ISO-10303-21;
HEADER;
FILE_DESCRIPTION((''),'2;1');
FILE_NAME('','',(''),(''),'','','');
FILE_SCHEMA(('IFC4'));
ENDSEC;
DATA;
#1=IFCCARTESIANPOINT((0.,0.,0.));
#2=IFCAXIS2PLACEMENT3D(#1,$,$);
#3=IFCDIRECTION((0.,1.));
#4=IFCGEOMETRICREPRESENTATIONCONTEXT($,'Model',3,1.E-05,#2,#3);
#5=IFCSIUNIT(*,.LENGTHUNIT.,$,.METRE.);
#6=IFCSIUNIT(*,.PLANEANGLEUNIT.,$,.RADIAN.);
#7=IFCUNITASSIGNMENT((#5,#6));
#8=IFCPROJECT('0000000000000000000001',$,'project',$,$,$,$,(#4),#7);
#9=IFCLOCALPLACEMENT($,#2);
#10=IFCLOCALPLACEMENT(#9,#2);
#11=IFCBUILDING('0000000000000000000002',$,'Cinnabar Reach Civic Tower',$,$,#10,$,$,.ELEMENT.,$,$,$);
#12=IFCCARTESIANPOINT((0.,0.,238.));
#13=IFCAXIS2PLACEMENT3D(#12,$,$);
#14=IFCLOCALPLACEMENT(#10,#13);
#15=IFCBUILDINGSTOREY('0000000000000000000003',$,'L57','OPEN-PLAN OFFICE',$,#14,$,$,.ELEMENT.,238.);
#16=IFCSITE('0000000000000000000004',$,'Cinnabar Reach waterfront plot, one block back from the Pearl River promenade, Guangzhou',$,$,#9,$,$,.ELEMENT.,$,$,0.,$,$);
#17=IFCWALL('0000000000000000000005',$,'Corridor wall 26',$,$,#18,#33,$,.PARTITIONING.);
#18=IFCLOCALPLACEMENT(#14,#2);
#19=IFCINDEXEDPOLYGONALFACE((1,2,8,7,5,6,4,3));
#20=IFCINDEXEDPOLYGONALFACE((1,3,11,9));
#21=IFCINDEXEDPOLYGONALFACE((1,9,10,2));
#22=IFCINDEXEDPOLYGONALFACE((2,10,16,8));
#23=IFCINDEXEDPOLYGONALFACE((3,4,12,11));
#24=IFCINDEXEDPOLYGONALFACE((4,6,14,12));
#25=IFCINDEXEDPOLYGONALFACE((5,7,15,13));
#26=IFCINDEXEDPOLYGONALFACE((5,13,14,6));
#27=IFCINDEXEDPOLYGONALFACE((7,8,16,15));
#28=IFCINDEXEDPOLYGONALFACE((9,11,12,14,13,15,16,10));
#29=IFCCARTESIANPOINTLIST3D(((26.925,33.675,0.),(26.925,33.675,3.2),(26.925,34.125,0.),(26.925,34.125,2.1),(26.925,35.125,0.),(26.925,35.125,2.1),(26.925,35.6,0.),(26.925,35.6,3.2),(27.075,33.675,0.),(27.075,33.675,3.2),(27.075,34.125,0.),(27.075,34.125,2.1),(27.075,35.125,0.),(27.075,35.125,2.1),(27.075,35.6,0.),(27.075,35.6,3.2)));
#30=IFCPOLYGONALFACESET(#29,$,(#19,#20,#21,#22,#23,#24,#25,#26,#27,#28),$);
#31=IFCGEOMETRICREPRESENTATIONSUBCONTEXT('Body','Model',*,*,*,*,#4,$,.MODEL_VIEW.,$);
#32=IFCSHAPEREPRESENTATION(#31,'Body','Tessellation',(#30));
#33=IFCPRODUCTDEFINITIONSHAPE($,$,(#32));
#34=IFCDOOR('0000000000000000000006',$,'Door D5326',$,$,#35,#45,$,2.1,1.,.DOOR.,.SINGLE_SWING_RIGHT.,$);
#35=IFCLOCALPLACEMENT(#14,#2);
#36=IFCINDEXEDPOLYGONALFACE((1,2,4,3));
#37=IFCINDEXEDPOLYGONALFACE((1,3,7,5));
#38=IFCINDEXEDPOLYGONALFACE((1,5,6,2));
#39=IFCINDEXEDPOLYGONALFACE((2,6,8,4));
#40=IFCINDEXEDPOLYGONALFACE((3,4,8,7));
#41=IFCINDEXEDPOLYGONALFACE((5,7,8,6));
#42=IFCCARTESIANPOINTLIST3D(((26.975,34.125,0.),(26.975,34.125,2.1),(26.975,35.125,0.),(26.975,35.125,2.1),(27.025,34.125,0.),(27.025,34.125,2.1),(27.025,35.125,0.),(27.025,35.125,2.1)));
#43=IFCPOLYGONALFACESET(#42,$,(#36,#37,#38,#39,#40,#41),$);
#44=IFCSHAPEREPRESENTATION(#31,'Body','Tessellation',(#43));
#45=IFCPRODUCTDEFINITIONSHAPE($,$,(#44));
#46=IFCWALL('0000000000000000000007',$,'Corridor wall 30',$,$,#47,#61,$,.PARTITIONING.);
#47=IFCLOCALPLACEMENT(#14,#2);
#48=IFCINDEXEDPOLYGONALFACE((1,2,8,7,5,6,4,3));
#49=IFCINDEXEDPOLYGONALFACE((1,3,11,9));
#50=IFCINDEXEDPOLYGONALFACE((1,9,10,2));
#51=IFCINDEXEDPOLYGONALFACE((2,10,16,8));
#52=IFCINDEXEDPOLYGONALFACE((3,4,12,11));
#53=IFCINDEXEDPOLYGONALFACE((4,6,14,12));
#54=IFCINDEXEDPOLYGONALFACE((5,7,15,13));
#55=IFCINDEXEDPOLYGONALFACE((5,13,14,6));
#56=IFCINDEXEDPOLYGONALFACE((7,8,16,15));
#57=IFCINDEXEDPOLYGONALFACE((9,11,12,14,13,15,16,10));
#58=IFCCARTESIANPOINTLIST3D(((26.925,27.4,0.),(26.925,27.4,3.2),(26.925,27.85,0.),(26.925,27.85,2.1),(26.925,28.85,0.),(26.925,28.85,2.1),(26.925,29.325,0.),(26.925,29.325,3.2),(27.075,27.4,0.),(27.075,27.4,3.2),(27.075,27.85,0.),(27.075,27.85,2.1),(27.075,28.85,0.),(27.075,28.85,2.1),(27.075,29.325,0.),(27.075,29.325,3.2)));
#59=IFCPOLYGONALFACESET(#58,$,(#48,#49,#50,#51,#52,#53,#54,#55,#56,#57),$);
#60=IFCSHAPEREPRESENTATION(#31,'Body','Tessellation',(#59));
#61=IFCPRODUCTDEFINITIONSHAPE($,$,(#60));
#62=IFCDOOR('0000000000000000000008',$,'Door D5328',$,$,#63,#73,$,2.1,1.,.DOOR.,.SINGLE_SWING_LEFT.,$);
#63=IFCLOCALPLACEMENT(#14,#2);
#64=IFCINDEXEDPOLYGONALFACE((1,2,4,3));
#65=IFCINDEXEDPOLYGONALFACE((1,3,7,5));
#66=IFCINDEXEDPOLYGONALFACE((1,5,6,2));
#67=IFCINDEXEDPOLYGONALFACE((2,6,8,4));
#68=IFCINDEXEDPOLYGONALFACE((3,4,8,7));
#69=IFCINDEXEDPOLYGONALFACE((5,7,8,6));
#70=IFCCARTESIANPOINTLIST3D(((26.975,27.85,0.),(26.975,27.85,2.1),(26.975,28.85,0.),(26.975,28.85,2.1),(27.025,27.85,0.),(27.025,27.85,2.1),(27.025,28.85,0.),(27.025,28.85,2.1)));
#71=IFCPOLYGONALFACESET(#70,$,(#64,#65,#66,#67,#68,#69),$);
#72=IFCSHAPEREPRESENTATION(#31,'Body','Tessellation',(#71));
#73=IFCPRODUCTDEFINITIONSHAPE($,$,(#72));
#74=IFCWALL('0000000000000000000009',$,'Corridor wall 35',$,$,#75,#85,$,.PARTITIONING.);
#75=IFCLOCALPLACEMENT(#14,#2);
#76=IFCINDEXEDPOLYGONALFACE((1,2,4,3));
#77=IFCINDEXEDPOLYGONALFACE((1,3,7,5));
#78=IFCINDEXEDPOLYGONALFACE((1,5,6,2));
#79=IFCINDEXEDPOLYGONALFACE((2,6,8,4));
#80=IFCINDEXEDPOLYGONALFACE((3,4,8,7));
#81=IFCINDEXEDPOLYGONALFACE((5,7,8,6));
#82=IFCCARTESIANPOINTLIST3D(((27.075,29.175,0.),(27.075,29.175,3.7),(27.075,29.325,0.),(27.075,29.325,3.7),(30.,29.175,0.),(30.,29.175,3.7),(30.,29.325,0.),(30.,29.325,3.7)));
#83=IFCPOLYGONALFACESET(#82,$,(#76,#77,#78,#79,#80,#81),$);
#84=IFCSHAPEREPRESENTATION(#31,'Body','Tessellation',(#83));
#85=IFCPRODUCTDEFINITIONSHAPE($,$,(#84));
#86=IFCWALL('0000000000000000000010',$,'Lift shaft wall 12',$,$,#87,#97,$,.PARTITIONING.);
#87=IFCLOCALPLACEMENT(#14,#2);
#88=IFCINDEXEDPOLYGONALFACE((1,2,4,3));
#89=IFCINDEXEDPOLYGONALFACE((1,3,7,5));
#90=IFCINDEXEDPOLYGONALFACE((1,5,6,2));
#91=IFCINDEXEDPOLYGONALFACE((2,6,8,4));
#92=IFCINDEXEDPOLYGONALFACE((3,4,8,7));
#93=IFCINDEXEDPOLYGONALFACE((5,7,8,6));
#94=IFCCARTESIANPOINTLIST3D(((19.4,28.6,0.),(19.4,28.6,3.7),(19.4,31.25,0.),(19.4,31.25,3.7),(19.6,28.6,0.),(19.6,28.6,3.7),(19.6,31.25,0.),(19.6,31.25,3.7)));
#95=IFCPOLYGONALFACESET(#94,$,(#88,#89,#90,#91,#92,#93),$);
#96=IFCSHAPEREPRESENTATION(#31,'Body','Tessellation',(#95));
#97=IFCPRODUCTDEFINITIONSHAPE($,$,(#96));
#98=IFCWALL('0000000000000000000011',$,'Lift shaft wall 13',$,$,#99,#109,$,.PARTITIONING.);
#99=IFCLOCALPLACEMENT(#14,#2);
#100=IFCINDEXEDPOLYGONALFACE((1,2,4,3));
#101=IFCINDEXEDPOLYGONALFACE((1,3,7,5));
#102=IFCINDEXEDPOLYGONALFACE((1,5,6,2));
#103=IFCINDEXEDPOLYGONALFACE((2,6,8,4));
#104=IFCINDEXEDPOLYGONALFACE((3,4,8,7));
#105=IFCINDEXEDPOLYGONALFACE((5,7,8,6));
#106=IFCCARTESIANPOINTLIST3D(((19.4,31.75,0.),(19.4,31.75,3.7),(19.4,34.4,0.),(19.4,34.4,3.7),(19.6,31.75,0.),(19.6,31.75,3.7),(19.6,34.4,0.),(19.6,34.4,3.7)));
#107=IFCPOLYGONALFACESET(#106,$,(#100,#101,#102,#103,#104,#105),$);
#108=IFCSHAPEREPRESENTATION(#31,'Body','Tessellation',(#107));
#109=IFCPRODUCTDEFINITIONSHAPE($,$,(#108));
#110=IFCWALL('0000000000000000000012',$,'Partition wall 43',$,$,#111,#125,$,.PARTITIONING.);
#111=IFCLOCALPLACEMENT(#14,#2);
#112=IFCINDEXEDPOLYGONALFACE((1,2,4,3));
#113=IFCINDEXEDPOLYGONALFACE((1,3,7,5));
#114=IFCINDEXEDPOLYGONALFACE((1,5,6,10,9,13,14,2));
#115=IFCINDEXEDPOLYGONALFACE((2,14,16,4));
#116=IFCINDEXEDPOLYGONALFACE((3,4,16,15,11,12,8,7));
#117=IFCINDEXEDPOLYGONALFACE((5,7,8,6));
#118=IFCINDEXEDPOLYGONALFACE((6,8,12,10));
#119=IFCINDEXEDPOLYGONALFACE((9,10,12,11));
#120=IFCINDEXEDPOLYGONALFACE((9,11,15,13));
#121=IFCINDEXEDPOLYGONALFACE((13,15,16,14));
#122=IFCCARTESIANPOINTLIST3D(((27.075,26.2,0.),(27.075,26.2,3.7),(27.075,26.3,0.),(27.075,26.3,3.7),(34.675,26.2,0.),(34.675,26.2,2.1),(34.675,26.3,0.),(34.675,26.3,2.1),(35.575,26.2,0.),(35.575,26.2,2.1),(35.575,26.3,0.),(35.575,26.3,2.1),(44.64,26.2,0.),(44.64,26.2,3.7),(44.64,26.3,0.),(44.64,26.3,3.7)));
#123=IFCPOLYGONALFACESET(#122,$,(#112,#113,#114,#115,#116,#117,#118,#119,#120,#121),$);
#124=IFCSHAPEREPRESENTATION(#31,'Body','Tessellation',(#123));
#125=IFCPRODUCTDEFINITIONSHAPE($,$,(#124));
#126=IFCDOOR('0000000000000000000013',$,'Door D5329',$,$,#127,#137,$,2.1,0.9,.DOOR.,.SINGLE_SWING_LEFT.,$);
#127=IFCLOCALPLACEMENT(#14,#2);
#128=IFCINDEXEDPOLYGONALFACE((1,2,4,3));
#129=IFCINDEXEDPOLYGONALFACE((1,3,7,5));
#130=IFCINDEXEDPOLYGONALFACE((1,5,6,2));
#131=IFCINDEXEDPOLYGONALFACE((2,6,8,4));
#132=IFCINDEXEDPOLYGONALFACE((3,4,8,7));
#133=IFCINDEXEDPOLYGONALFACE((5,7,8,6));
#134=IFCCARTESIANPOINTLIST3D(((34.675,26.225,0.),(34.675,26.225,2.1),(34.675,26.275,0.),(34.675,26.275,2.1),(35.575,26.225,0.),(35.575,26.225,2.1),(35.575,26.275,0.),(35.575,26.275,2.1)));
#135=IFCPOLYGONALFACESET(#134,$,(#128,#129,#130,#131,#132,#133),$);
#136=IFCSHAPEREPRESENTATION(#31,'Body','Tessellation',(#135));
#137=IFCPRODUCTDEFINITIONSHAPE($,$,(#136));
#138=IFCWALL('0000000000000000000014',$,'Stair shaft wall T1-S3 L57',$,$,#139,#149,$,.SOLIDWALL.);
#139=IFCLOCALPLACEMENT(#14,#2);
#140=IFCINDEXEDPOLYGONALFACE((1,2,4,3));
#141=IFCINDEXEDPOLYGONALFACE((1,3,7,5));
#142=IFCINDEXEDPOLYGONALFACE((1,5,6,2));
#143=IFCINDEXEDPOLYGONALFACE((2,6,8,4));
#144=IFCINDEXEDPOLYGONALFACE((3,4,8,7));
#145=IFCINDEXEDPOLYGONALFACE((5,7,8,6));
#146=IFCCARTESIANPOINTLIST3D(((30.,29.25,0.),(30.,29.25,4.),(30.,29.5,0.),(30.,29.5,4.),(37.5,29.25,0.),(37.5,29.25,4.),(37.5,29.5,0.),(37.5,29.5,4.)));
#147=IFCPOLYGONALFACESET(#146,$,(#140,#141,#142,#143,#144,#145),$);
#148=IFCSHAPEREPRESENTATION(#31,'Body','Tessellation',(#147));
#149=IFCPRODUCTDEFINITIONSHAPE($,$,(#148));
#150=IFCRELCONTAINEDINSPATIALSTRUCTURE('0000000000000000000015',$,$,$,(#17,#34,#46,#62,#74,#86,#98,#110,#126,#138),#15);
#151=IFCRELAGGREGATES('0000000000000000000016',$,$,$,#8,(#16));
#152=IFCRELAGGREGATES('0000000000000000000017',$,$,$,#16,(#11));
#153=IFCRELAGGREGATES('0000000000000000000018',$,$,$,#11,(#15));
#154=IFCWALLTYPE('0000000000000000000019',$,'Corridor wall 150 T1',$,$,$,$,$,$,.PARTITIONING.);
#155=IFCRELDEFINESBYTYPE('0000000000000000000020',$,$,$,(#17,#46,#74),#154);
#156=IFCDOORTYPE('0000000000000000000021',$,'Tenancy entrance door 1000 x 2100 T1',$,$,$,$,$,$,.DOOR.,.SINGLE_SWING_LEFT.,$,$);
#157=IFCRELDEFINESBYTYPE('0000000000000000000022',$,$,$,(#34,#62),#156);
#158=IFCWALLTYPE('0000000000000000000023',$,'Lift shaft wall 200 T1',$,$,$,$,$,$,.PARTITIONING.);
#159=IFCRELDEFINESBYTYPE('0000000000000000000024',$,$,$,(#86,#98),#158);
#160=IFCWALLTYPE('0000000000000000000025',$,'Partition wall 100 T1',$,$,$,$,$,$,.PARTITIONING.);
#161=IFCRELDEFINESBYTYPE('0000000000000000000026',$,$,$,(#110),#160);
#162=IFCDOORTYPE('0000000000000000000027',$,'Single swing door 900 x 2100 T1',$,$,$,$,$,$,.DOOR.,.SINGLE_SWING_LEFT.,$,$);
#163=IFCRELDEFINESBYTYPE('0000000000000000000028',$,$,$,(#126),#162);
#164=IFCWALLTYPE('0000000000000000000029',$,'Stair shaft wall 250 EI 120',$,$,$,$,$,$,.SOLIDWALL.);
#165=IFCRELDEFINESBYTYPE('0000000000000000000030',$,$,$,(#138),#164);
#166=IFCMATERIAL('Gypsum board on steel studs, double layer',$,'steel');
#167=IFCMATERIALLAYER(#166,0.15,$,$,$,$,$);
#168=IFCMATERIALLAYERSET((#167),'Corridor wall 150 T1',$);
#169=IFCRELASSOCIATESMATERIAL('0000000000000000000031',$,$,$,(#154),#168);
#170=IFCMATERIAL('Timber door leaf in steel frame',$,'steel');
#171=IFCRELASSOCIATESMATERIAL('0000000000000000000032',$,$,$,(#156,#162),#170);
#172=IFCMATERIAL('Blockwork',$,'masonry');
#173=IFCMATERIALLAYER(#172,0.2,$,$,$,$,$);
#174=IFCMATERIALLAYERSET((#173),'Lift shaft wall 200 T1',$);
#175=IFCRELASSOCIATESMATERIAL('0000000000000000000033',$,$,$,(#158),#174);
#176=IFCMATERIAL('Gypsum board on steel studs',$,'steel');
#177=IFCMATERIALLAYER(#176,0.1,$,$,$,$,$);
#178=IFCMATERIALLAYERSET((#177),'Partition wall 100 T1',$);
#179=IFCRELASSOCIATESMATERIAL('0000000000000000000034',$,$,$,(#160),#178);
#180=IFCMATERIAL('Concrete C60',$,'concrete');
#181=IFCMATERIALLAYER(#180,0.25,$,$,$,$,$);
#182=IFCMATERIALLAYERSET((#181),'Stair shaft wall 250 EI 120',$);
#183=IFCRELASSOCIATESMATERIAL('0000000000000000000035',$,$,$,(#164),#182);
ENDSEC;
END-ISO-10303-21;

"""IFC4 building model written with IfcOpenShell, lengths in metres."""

from ifc_helpers import new_model, si_unit, direction, frame, frame_2d, origin, place, context, subcontext, project, spatial, rectangle, extrude, material, layer, layer_set, type_object, element, fill, save


model = new_model("IFC4")

# Units and contexts
model_context = context("Model", 3, precision=1e-05, world=origin(), true_north=direction((0.0, 1.0)))
body_context = subcontext(model_context, "Body", "Model", "MODEL_VIEW")
ifc_project = project(units=[si_unit("LENGTHUNIT", "METRE"), si_unit("PLANEANGLEUNIT", "RADIAN")], contexts=[model_context])

# Site, building, storey
site_placement = place(None, origin())
site = spatial("IfcSite", under=ifc_project, at=site_placement, Name="Cinnabar Reach waterfront plot, one block back from the Pearl River promenade, Guangzhou", CompositionType="ELEMENT", RefElevation=0.0)
building_placement = place(site_placement, origin())
building = spatial("IfcBuilding", under=site, at=building_placement, Name="Cinnabar Reach Civic Tower", CompositionType="ELEMENT")
storey_placement = place(building_placement, frame((0.0, 0.0, 238.0)))
storey = spatial("IfcBuildingStorey", under=building, at=storey_placement, Name="L57", Description="OPEN-PLAN OFFICE", CompositionType="ELEMENT", Elevation=238.0)

# Shared definitions
ifc_material_1 = material(Name="Concrete C60", Category="concrete")

# Shared definitions
ifc_material_2 = material(Name="Timber door leaf in steel frame", Category="steel")

# Walls, openings, doors
ifc_material_3 = material(Name="Gypsum board on steel studs, double layer", Category="steel")
ifc_layer_1 = layer(ifc_material_3, 0.15)
ifc_layer_set_1 = layer_set([ifc_layer_1], Name="Corridor wall 150 T1")
wall_type_1 = type_object("IfcWallType", Name="Corridor wall 150 T1", PredefinedType="PARTITIONING", material=ifc_layer_set_1)
wall_1_placement = place(storey_placement, frame((27.0, 33.675, 0.0), z_axis=(0.0, 0.0, 1.0), x_axis=(0.0, 1.0, 0.0)))
wall_1 = element("IfcWall", 1, at=wall_1_placement, inside=storey, type_object=wall_type_1, Name="Corridor wall 26", PredefinedType="PARTITIONING", context=body_context, shape_type="SweptSolid", body=[
    extrude(rectangle(XDim=1.925, YDim=0.15, at=frame_2d((0.9625, 0.0))), origin(), (0.0, 0.0, 1.0), 3.2),
])
opening_1_placement = place(wall_1_placement, frame((0.45, 0.0, 0.0)))
opening_1 = element("IfcOpeningElement", 2, at=opening_1_placement, cuts=wall_1, PredefinedType="OPENING", context=body_context, shape_type="SweptSolid", body=[
    extrude(rectangle(XDim=1.0, YDim=2.1, at=frame_2d((0.5, 1.05))), frame((0.0, 0.085, 0.0), z_axis=(0.0, -1.0, 0.0), x_axis=(1.0, 0.0, 0.0)), (0.0, 0.0, 1.0), 0.17),
])
door_type_1 = type_object("IfcDoorType", Name="Tenancy entrance door 1000 x 2100 T1", OperationType="SINGLE_SWING_LEFT", PredefinedType="DOOR", material=ifc_material_2)
door_1_placement = place(opening_1_placement, frame((1.0, 0.0, 0.0), z_axis=(0.0, 0.0, 1.0), x_axis=(-1.0, 0.0, 0.0)))
door_1 = element("IfcDoor", 3, at=door_1_placement, inside=storey, type_object=door_type_1, Name="Door D5326", OperationType="SINGLE_SWING_RIGHT", OverallHeight=2.1, OverallWidth=1.0, PredefinedType="DOOR", context=body_context, shape_type="SweptSolid", body=[
    extrude(rectangle(XDim=1.0, YDim=2.1, at=frame_2d((0.5, 1.05))), frame((0.0, 0.025, 0.0), z_axis=(0.0, -1.0, 0.0), x_axis=(1.0, 0.0, 0.0)), (0.0, 0.0, 1.0), 0.05),
])
fill(opening_1, door_1)
wall_2_placement = place(storey_placement, frame((27.0, 27.4, 0.0), z_axis=(0.0, 0.0, 1.0), x_axis=(0.0, 1.0, 0.0)))
wall_2 = element("IfcWall", 4, at=wall_2_placement, inside=storey, type_object=wall_type_1, Name="Corridor wall 30", PredefinedType="PARTITIONING", context=body_context, shape_type="SweptSolid", body=[
    extrude(rectangle(XDim=1.925, YDim=0.15, at=frame_2d((0.9625, 0.0))), origin(), (0.0, 0.0, 1.0), 3.2),
])
opening_2_placement = place(wall_2_placement, frame((0.45, 0.0, 0.0)))
opening_2 = element("IfcOpeningElement", 5, at=opening_2_placement, cuts=wall_2, PredefinedType="OPENING", context=body_context, shape_type="SweptSolid", body=[
    extrude(rectangle(XDim=1.0, YDim=2.1, at=frame_2d((0.5, 1.05))), frame((0.0, 0.085, 0.0), z_axis=(0.0, -1.0, 0.0), x_axis=(1.0, 0.0, 0.0)), (0.0, 0.0, 1.0), 0.17),
])
door_2_placement = place(opening_2_placement, frame((1.0, 0.0, 0.0), z_axis=(0.0, 0.0, 1.0), x_axis=(-1.0, 0.0, 0.0)))
door_2 = element("IfcDoor", 6, at=door_2_placement, inside=storey, type_object=door_type_1, Name="Door D5328", OperationType="SINGLE_SWING_LEFT", OverallHeight=2.1, OverallWidth=1.0, PredefinedType="DOOR", context=body_context, shape_type="SweptSolid", body=[
    extrude(rectangle(XDim=1.0, YDim=2.1, at=frame_2d((0.5, 1.05))), frame((0.0, 0.025, 0.0), z_axis=(0.0, -1.0, 0.0), x_axis=(1.0, 0.0, 0.0)), (0.0, 0.0, 1.0), 0.05),
])
fill(opening_2, door_2)

# Walls
wall_3_placement = place(storey_placement, frame((27.075, 29.25, 0.0), z_axis=(0.0, 0.0, 1.0), x_axis=(1.0, 0.0, 0.0)))
element("IfcWall", 7, at=wall_3_placement, inside=storey, type_object=wall_type_1, Name="Corridor wall 35", PredefinedType="PARTITIONING", context=body_context, shape_type="SweptSolid", body=[
    extrude(rectangle(XDim=2.925, YDim=0.15, at=frame_2d((1.4625, 0.0))), origin(), (0.0, 0.0, 1.0), 3.7),
])
ifc_material_4 = material(Name="Blockwork", Category="masonry")
ifc_layer_2 = layer(ifc_material_4, 0.2)
ifc_layer_set_2 = layer_set([ifc_layer_2], Name="Lift shaft wall 200 T1")
wall_type_2 = type_object("IfcWallType", Name="Lift shaft wall 200 T1", PredefinedType="PARTITIONING", material=ifc_layer_set_2)
for number, where, z_axis, x_axis, name in (
    (8, (19.5, 28.6, 0.0), (0.0, 0.0, 1.0), (0.0, 1.0, 0.0), "Lift shaft wall 12"),
    (9, (19.5, 31.75, 0.0), (0.0, 0.0, 1.0), (0.0, 1.0, 0.0), "Lift shaft wall 13"),
):
    element("IfcWall", number, at=place(storey_placement, frame(where, z_axis=z_axis, x_axis=x_axis)), inside=storey, type_object=wall_type_2, Name=name, PredefinedType="PARTITIONING", context=body_context, shape_type="SweptSolid", body=[
        extrude(rectangle(XDim=2.65, YDim=0.2, at=frame_2d((1.325, 0.0))), origin(), (0.0, 0.0, 1.0), 3.7),
    ])

# Wall, opening, door
ifc_material_5 = material(Name="Gypsum board on steel studs", Category="steel")
ifc_layer_3 = layer(ifc_material_5, 0.1)
ifc_layer_set_3 = layer_set([ifc_layer_3], Name="Partition wall 100 T1")
wall_type_3 = type_object("IfcWallType", Name="Partition wall 100 T1", PredefinedType="PARTITIONING", material=ifc_layer_set_3)
wall_4_placement = place(storey_placement, frame((27.075, 26.25, 0.0), z_axis=(0.0, 0.0, 1.0), x_axis=(1.0, 0.0, 0.0)))
wall_4 = element("IfcWall", 10, at=wall_4_placement, inside=storey, type_object=wall_type_3, Name="Partition wall 43", PredefinedType="PARTITIONING", context=body_context, shape_type="SweptSolid", body=[
    extrude(rectangle(XDim=17.565, YDim=0.1, at=frame_2d((8.7825, 0.0))), origin(), (0.0, 0.0, 1.0), 3.7),
])
opening_3_placement = place(wall_4_placement, frame((7.6, 0.0, 0.0)))
opening_3 = element("IfcOpeningElement", 11, at=opening_3_placement, cuts=wall_4, PredefinedType="OPENING", context=body_context, shape_type="SweptSolid", body=[
    extrude(rectangle(XDim=0.9, YDim=2.1, at=frame_2d((0.45, 1.05))), frame((0.0, 0.06, 0.0), z_axis=(0.0, -1.0, 0.0), x_axis=(1.0, 0.0, 0.0)), (0.0, 0.0, 1.0), 0.12),
])
door_type_2 = type_object("IfcDoorType", Name="Single swing door 900 x 2100 T1", OperationType="SINGLE_SWING_LEFT", PredefinedType="DOOR", material=ifc_material_2)
door_3_placement = place(opening_3_placement, frame((0.9, 0.0, 0.0), z_axis=(0.0, 0.0, 1.0), x_axis=(-1.0, 0.0, 0.0)))
door_3 = element("IfcDoor", 12, at=door_3_placement, inside=storey, type_object=door_type_2, Name="Door D5329", OperationType="SINGLE_SWING_LEFT", OverallHeight=2.1, OverallWidth=0.9, PredefinedType="DOOR", context=body_context, shape_type="SweptSolid", body=[
    extrude(rectangle(XDim=0.9, YDim=2.1, at=frame_2d((0.45, 1.05))), frame((0.0, 0.025, 0.0), z_axis=(0.0, -1.0, 0.0), x_axis=(1.0, 0.0, 0.0)), (0.0, 0.0, 1.0), 0.05),
])
fill(opening_3, door_3)

# Wall
ifc_layer_4 = layer(ifc_material_1, 0.25)
ifc_layer_set_4 = layer_set([ifc_layer_4], Name="Stair shaft wall 250 EI 120")
wall_type_4 = type_object("IfcWallType", Name="Stair shaft wall 250 EI 120", PredefinedType="SOLIDWALL", material=ifc_layer_set_4)
wall_5_placement = place(storey_placement, frame((30.0, 29.375, 0.0), z_axis=(0.0, 0.0, 1.0), x_axis=(1.0, 0.0, 0.0)))
element("IfcWall", 13, at=wall_5_placement, inside=storey, type_object=wall_type_4, Name="Stair shaft wall T1-S3 L57", PredefinedType="SOLIDWALL", context=body_context, shape_type="SweptSolid", body=[
    extrude(rectangle(XDim=7.5, YDim=0.25, at=frame_2d((3.75, 0.0))), origin(), (0.0, 0.0, 1.0), 4.0),
])

save(model, "model.ifc")
